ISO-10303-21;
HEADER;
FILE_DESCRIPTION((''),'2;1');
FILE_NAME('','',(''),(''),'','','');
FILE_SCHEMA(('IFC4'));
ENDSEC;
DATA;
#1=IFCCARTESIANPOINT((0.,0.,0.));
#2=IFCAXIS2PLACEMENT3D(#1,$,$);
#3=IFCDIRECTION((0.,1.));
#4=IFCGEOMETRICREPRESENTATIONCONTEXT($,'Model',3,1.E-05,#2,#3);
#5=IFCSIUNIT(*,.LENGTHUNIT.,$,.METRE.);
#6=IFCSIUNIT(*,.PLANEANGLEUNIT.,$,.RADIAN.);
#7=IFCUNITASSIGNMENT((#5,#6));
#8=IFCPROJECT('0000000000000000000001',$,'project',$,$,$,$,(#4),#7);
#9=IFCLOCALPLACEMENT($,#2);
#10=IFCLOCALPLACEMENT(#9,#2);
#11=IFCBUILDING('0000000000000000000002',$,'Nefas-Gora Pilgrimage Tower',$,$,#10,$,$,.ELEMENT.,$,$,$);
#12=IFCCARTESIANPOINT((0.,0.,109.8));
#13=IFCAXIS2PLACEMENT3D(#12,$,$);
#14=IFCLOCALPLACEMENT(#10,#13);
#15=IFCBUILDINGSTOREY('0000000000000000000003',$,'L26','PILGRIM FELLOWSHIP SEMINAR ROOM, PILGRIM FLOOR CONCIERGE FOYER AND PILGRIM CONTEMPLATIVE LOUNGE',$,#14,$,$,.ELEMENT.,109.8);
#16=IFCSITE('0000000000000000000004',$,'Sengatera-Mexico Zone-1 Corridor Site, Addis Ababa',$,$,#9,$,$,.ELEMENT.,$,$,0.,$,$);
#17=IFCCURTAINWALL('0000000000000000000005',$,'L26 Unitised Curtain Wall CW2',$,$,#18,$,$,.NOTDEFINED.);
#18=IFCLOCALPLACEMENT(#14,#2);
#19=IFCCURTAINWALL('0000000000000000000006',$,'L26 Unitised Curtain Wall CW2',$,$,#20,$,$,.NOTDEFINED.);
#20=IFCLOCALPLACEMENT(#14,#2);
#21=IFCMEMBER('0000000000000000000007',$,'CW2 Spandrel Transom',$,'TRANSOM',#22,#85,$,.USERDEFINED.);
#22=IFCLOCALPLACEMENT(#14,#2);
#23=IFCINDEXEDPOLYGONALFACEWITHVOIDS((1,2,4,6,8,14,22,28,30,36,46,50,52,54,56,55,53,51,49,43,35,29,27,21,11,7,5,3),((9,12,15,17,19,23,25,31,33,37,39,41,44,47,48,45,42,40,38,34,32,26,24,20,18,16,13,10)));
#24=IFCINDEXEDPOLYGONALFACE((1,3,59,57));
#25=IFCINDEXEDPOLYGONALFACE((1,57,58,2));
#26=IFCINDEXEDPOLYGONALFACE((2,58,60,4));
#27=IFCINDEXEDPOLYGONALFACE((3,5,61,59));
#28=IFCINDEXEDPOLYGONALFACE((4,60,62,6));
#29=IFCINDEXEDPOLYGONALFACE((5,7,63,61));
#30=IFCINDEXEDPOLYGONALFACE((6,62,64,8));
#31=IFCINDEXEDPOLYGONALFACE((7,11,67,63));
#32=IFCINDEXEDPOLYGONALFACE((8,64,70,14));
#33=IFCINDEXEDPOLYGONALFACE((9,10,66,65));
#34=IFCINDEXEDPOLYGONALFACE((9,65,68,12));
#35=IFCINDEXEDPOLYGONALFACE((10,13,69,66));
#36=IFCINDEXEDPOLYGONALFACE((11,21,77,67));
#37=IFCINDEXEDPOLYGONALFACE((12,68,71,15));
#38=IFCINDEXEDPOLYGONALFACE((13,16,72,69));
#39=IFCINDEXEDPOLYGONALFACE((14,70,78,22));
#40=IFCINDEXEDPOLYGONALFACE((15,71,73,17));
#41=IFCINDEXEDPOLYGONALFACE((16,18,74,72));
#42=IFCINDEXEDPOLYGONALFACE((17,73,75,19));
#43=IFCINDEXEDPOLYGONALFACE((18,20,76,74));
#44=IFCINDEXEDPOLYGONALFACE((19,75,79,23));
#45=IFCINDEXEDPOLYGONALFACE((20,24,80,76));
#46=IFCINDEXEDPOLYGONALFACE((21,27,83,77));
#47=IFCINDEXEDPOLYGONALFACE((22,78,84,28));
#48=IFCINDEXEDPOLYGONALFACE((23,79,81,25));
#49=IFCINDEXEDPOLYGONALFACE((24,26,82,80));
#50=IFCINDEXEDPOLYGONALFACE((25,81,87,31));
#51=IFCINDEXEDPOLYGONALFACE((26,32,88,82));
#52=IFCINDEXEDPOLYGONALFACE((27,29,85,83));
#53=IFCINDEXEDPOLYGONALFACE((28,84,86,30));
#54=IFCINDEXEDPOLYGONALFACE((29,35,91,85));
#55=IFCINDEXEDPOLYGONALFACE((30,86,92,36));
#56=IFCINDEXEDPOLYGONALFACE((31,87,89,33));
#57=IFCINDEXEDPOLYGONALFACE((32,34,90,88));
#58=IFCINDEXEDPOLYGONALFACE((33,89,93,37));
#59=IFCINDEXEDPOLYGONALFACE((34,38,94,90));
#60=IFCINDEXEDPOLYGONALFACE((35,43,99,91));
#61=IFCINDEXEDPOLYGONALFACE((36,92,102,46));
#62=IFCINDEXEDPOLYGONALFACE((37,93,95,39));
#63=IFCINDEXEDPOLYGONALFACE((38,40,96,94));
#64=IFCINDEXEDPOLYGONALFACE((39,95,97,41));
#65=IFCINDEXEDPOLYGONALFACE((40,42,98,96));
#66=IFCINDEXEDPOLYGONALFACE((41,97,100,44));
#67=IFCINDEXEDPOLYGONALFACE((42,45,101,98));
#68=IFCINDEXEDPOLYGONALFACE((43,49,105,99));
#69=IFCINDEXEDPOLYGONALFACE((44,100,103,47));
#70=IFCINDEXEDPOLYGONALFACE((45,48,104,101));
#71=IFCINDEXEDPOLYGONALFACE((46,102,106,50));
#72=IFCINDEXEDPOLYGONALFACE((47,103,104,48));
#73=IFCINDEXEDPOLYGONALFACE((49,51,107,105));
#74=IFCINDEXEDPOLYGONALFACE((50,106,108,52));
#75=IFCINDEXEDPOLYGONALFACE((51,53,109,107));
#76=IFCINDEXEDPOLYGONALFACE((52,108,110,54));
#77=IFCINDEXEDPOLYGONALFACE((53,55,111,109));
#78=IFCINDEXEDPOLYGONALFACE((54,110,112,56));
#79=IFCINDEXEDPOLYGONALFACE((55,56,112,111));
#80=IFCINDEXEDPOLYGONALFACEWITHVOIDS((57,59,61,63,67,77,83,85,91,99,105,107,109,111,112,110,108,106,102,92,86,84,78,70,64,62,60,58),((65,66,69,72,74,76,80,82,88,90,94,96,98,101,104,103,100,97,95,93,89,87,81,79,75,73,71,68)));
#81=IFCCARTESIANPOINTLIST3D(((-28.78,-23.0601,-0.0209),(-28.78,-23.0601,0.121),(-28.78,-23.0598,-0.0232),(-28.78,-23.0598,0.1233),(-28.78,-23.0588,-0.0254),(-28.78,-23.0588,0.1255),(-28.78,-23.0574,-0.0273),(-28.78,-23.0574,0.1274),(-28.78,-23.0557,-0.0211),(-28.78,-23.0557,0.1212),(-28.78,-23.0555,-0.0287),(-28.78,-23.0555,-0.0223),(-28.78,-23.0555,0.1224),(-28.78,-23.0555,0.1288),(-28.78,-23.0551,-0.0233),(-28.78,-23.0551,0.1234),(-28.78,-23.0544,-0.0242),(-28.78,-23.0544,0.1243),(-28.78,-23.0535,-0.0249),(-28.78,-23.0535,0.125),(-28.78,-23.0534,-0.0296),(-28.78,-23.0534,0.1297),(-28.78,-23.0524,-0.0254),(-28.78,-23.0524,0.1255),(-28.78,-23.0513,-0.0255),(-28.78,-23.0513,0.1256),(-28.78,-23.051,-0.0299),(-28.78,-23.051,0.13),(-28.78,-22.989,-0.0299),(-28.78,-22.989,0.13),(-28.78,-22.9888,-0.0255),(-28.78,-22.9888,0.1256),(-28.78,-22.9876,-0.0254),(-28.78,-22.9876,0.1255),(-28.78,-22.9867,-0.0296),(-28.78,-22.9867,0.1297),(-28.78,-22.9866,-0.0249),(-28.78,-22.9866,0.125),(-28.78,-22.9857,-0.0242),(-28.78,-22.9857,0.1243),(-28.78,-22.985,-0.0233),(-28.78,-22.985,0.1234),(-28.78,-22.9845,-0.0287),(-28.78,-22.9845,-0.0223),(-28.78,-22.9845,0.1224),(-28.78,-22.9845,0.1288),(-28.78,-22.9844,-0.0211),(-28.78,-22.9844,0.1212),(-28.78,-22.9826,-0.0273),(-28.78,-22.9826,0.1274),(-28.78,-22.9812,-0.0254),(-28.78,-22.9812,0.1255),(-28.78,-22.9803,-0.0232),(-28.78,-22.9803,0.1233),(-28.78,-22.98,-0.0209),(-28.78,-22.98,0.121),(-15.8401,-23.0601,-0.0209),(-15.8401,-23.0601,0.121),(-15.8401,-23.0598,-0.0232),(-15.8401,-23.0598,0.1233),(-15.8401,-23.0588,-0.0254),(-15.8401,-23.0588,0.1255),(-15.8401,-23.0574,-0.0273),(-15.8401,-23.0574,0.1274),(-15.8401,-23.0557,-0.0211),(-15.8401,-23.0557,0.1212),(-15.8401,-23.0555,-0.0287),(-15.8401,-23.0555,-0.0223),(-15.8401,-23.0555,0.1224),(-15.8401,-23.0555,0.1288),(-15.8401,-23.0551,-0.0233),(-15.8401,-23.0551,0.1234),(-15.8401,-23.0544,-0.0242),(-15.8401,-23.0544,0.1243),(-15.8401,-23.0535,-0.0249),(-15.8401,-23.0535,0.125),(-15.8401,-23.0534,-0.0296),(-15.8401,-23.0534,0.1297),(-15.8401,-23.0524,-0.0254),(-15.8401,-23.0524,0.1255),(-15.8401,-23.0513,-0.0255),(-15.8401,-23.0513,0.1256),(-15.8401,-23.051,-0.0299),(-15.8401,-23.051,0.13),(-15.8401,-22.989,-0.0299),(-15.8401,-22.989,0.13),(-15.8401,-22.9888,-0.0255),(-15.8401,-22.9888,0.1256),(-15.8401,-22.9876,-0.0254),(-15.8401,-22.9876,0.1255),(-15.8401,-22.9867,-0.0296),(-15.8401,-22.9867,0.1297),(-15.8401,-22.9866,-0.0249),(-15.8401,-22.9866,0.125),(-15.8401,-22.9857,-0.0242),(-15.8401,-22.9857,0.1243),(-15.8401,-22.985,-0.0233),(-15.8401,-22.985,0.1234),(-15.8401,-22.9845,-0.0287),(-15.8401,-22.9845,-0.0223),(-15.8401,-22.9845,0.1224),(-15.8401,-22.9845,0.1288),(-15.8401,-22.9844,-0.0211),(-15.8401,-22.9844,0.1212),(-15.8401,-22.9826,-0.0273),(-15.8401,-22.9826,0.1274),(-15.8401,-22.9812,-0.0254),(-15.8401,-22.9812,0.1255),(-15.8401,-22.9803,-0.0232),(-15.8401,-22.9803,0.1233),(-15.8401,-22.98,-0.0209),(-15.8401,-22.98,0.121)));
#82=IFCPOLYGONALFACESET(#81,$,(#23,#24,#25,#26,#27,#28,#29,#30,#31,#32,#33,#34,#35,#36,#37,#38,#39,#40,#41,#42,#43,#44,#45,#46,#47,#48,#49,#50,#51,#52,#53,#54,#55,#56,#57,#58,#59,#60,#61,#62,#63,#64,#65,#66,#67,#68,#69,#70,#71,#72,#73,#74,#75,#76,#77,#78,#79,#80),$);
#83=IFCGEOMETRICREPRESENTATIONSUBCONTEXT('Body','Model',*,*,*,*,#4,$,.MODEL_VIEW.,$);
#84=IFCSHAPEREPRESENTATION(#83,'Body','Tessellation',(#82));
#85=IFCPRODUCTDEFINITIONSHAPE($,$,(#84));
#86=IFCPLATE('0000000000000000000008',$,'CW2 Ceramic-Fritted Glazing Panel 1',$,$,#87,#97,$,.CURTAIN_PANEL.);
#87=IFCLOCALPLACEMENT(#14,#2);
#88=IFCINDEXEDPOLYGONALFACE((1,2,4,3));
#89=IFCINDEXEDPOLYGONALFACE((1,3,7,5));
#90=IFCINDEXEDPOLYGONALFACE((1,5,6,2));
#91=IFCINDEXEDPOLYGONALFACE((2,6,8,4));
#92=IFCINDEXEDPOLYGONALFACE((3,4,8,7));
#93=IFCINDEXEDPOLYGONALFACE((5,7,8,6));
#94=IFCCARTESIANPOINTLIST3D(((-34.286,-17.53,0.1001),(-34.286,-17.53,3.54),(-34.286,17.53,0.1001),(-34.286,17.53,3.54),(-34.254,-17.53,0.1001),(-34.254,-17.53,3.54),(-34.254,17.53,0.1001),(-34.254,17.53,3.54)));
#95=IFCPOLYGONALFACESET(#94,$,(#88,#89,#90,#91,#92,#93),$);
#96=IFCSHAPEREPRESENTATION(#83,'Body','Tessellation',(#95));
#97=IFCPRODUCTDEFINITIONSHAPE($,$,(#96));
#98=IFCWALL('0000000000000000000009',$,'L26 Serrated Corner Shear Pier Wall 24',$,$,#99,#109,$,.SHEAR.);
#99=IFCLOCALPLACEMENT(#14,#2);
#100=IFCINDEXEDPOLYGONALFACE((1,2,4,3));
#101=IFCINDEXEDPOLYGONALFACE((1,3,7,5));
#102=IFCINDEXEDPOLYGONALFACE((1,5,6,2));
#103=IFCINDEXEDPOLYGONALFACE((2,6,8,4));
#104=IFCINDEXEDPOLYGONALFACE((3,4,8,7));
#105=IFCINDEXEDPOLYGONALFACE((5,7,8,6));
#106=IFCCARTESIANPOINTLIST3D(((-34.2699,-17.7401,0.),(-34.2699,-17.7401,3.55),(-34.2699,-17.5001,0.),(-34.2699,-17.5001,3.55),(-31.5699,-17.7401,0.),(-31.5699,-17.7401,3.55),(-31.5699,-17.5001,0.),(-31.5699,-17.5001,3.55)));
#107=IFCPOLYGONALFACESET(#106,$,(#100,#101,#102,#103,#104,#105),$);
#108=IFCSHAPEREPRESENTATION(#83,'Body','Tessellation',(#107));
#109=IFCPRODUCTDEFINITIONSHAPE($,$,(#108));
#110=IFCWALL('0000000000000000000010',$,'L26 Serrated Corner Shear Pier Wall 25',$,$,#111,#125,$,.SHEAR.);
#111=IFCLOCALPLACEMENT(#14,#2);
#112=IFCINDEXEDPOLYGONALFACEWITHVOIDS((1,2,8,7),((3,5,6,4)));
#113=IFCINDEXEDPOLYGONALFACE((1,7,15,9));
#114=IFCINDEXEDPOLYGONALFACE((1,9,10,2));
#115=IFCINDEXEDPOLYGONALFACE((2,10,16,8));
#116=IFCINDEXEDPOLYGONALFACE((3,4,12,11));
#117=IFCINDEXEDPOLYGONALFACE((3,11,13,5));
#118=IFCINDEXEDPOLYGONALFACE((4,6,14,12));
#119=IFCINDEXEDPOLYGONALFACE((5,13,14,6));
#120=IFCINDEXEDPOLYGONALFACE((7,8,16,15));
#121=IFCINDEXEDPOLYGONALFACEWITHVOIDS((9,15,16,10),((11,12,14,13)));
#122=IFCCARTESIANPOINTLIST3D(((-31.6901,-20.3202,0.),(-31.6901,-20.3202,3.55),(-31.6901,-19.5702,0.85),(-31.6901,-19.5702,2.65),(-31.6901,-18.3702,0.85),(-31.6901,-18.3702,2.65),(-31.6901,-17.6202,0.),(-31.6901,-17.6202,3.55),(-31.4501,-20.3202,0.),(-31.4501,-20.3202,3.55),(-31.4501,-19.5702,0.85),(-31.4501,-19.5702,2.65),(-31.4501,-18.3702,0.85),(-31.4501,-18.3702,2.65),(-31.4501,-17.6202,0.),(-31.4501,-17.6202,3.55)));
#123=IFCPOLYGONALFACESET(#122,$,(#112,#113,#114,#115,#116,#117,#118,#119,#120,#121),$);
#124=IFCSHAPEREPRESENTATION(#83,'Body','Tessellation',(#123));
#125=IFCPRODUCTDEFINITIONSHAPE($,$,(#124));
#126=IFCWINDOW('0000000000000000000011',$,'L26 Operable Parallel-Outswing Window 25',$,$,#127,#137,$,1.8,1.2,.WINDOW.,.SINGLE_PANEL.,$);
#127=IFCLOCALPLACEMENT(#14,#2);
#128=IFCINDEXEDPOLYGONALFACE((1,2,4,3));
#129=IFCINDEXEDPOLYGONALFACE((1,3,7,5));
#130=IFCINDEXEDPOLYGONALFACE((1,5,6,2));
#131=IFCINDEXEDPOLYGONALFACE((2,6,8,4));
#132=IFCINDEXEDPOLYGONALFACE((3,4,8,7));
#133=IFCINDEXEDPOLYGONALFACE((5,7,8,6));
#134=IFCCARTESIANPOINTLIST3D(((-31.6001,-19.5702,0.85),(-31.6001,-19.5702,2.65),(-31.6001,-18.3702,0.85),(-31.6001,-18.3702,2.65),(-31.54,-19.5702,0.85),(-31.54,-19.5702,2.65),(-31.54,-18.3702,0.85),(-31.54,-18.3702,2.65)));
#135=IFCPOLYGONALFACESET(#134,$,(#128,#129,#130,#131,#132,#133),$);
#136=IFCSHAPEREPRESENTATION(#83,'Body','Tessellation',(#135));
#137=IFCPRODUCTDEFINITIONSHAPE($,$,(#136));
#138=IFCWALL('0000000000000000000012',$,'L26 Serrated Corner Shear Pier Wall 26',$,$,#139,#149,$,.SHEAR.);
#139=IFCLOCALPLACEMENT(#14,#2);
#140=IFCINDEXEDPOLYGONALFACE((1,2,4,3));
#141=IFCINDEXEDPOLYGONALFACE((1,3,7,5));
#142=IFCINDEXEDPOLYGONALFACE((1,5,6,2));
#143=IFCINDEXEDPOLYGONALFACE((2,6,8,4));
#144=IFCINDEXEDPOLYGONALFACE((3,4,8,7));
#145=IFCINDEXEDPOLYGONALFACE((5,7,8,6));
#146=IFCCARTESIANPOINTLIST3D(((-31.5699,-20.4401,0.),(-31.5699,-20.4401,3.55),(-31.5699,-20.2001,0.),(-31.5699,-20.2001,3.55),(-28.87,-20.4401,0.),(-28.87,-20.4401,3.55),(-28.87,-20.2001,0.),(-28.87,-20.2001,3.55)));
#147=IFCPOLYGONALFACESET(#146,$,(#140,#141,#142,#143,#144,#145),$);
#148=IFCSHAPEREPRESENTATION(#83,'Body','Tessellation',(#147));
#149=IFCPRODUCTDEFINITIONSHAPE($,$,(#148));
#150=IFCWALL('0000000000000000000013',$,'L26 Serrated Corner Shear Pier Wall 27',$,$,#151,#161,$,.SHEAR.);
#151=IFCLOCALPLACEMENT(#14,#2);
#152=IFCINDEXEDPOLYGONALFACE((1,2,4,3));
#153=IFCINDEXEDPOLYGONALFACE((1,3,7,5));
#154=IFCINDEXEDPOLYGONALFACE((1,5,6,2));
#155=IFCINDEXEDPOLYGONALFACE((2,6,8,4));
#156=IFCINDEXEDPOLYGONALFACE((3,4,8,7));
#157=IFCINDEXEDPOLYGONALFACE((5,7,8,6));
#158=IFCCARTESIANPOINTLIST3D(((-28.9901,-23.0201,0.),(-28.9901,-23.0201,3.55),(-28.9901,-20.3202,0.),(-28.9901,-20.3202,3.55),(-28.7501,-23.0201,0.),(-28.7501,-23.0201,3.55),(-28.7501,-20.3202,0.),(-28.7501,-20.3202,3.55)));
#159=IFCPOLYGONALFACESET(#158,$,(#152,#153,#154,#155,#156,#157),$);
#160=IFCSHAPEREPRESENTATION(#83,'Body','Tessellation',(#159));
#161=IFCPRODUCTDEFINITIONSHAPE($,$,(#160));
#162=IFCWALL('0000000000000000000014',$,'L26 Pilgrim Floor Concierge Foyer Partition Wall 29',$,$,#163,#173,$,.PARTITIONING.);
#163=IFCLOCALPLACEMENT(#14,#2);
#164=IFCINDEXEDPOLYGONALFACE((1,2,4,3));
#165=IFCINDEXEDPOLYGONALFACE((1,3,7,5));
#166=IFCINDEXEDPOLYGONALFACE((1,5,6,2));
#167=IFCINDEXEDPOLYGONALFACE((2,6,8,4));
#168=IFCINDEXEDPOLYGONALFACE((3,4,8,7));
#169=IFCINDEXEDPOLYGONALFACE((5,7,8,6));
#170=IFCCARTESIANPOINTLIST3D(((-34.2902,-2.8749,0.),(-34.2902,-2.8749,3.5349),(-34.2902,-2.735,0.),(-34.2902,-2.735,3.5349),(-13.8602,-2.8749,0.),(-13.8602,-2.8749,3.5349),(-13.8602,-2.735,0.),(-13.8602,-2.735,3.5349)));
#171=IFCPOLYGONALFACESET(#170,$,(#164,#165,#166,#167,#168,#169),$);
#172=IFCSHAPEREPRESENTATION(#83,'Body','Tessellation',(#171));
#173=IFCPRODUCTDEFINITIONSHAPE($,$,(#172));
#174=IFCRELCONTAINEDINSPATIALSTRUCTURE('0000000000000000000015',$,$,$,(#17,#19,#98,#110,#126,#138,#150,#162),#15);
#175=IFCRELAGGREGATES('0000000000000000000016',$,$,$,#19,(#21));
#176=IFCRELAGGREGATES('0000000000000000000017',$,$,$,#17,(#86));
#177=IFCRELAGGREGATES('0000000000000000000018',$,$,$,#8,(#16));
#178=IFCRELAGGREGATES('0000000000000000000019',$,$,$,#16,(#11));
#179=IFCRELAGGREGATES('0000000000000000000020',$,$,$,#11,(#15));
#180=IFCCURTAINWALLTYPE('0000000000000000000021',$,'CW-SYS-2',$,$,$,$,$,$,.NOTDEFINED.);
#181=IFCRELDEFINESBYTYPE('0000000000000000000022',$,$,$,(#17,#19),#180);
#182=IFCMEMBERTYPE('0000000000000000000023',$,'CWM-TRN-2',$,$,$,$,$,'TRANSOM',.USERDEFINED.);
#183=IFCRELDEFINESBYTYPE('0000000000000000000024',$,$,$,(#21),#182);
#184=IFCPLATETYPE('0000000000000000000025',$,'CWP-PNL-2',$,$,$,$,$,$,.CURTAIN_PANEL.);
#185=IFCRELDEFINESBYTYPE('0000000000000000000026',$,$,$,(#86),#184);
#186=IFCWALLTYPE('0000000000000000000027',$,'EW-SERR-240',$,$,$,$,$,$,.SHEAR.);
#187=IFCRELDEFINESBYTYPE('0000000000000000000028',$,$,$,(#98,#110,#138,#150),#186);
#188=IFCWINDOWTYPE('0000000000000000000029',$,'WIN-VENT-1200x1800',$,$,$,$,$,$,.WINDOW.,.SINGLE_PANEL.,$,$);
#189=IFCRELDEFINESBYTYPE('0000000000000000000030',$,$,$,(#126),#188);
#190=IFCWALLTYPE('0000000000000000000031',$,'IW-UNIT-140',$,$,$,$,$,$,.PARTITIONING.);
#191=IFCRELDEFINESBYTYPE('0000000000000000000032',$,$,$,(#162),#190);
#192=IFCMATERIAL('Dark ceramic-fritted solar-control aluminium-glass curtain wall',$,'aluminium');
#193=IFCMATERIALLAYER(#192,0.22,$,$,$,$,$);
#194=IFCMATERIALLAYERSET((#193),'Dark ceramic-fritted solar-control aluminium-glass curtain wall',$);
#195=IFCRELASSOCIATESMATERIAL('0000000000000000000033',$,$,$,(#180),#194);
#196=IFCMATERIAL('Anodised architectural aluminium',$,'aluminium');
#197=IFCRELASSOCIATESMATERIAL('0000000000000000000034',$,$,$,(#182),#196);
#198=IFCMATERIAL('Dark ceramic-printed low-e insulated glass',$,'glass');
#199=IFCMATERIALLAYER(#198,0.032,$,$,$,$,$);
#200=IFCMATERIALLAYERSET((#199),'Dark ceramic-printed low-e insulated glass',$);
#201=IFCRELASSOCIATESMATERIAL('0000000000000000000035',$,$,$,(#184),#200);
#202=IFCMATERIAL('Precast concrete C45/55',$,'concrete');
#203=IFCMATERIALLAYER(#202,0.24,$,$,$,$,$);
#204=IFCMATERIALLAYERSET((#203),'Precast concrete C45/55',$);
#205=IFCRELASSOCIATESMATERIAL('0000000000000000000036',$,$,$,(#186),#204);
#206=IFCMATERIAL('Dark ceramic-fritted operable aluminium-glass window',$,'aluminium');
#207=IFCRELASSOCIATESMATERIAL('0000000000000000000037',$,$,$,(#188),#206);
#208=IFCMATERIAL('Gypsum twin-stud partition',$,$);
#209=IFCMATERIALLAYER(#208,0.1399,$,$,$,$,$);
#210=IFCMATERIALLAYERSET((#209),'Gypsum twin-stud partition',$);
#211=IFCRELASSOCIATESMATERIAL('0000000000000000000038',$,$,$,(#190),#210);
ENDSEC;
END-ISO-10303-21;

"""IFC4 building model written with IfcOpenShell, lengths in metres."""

from ifc_helpers import new_model, si_unit, direction, frame, frame_2d, origin, origin_2d, place, context, subcontext, project, spatial, rectangle, hollow_rectangle, extrude, source, transform, mapped, material, layer, layer_set, material_profile, profile_set, type_object, element, fill, aggregate, save


model = new_model("IFC4")

# Units and contexts
model_context = context("Model", 3, precision=1e-05, world=origin(), true_north=direction((0.0, 1.0)))
body_context = subcontext(model_context, "Body", "Model", "MODEL_VIEW")
ifc_project = project(units=[si_unit("LENGTHUNIT", "METRE"), si_unit("PLANEANGLEUNIT", "RADIAN")], contexts=[model_context])

# Site, building, storey
site_placement = place(None, origin())
site = spatial("IfcSite", under=ifc_project, at=site_placement, Name="Sengatera-Mexico Zone-1 Corridor Site, Addis Ababa", CompositionType="ELEMENT", RefElevation=0.0)
building_placement = place(site_placement, origin())
building = spatial("IfcBuilding", under=site, at=building_placement, Name="Nefas-Gora Pilgrimage Tower", CompositionType="ELEMENT")
storey_placement = place(building_placement, frame((0.0, 0.0, 109.8)))
storey = spatial("IfcBuildingStorey", under=building, at=storey_placement, Name="L26", Description="PILGRIM FELLOWSHIP SEMINAR ROOM, PILGRIM FLOOR CONCIERGE FOYER AND PILGRIM CONTEMPLATIVE LOUNGE", CompositionType="ELEMENT", Elevation=109.8)

# Curtain wall
ifc_material_1 = material(Name="Dark ceramic-fritted solar-control aluminium-glass curtain wall", Category="aluminium")
ifc_layer_1 = layer(ifc_material_1, 0.22)
ifc_layer_set_1 = layer_set([ifc_layer_1], Name="Dark ceramic-fritted solar-control aluminium-glass curtain wall")
curtain_wall_type = type_object("IfcCurtainWallType", Name="CW-SYS-2", PredefinedType="NOTDEFINED", material=ifc_layer_set_1)
curtain_wall_1_placement = place(storey_placement, origin())
curtain_wall_1 = element("IfcCurtainWall", 1, at=curtain_wall_1_placement, inside=storey, type_object=curtain_wall_type, Name="L26 Unitised Curtain Wall CW2", PredefinedType="NOTDEFINED")
ifc_material_2 = material(Name="Anodised architectural aluminium", Category="aluminium")

# Curtain wall, member
curtain_wall_2_placement = place(storey_placement, origin())
curtain_wall_2 = element("IfcCurtainWall", 2, at=curtain_wall_2_placement, inside=storey, type_object=curtain_wall_type, Name="L26 Unitised Curtain Wall CW2", PredefinedType="NOTDEFINED")
ifc_material_profile_1 = material_profile(ifc_material_2, hollow_rectangle(XDim=0.0801, YDim=0.1599, WallThickness=0.0044, InnerFilletRadius=0.0044, OuterFilletRadius=0.009, at=origin_2d()), Name="ALU TRANSOM 80x160")
ifc_profile_set_1 = profile_set([ifc_material_profile_1], Name="Anodised architectural aluminium")
member_type_1 = type_object("IfcMemberType", Name="CWM-TRN-2", ElementType="TRANSOM", PredefinedType="USERDEFINED", material=ifc_profile_set_1)
shared_shape_1 = source(origin(), body_context, "Body", "SweptSolid", [
    extrude(hollow_rectangle(XDim=0.0801, YDim=0.1599, WallThickness=0.0044, InnerFilletRadius=0.0044, OuterFilletRadius=0.009, at=origin_2d()), origin(), (0.0, 0.0, 1.0), 12.9399),
])
member_1_placement = place(storey_placement, frame((-28.78, -23.02, 0.05), z_axis=(1.0, 0.0, 0.0), x_axis=(0.0, 1.0, 0.0)))
member_1 = element("IfcMember", 3, at=member_1_placement, type_object=member_type_1, Name="CW2 Spandrel Transom", ObjectType="TRANSOM", PredefinedType="USERDEFINED", context=body_context, shape_type="MappedRepresentation", body=[
    mapped(shared_shape_1, transform((0.0, 0.0, 0.0), x_axis=(1.0, 0.0, 0.0), y_axis=(0.0, 1.0, 0.0), z_axis=(0.0, 0.0, 1.0), scale=1.0)),
])
aggregate(curtain_wall_2, [member_1])

# Plate
ifc_material_3 = material(Name="Dark ceramic-printed low-e insulated glass", Category="glass")
ifc_layer_2 = layer(ifc_material_3, 0.032)
ifc_layer_set_2 = layer_set([ifc_layer_2], Name="Dark ceramic-printed low-e insulated glass")
plate_type = type_object("IfcPlateType", Name="CWP-PNL-2", PredefinedType="CURTAIN_PANEL", material=ifc_layer_set_2)
shared_shape_2 = source(origin(), body_context, "Body", "SweptSolid", [
    extrude(rectangle(XDim=35.0601, YDim=0.032, at=origin_2d()), origin(), (0.0, 0.0, 1.0), 3.4399),
])
plate_placement = place(storey_placement, frame((-34.27, 0.0, 0.1001), z_axis=(0.0, 0.0, 1.0), x_axis=(0.0, -1.0, 0.0)))
plate = element("IfcPlate", 4, at=plate_placement, type_object=plate_type, Name="CW2 Ceramic-Fritted Glazing Panel 1", PredefinedType="CURTAIN_PANEL", context=body_context, shape_type="MappedRepresentation", body=[
    mapped(shared_shape_2, transform((0.0, 0.0, 0.0), x_axis=(1.0, 0.0, 0.0), y_axis=(0.0, 1.0, 0.0), z_axis=(0.0, 0.0, 1.0), scale=1.0)),
])
aggregate(curtain_wall_1, [plate])

# Wall
ifc_material_4 = material(Name="Precast concrete C45/55", Category="concrete")
ifc_layer_3 = layer(ifc_material_4, 0.24)
ifc_layer_set_3 = layer_set([ifc_layer_3], Name="Precast concrete C45/55")
wall_type_1 = type_object("IfcWallType", Name="EW-SERR-240", PredefinedType="SHEAR", material=ifc_layer_set_3)
shared_shape_3 = source(origin(), body_context, "Body", "SweptSolid", [
    extrude(rectangle(XDim=2.7, YDim=0.24, at=frame_2d((1.3501, 0.0))), origin(), (0.0, 0.0, 1.0), 3.55),
])
wall_1_placement = place(storey_placement, frame((-34.27, -17.6201, 0.0), z_axis=(0.0, 0.0, 1.0), x_axis=(1.0, 0.0, 0.0)))
element("IfcWall", 5, at=wall_1_placement, inside=storey, type_object=wall_type_1, Name="L26 Serrated Corner Shear Pier Wall 24", PredefinedType="SHEAR", context=body_context, shape_type="MappedRepresentation", body=[
    mapped(shared_shape_3, transform((0.0, 0.0, 0.0), x_axis=(1.0, 0.0, 0.0), y_axis=(0.0, 1.0, 0.0), z_axis=(0.0, 0.0, 1.0), scale=1.0)),
])

# Wall, opening, window
wall_2_placement = place(storey_placement, frame((-31.5701, -17.6201, 0.0), z_axis=(0.0, 0.0, 1.0), x_axis=(0.0, -1.0, 0.0)))
wall_2 = element("IfcWall", 6, at=wall_2_placement, inside=storey, type_object=wall_type_1, Name="L26 Serrated Corner Shear Pier Wall 25", PredefinedType="SHEAR", context=body_context, shape_type="MappedRepresentation", body=[
    mapped(shared_shape_3, transform((0.0, 0.0, 0.0), x_axis=(1.0, 0.0, 0.0), y_axis=(0.0, 1.0, 0.0), z_axis=(0.0, 0.0, 1.0), scale=1.0)),
])
opening_placement = place(wall_2_placement, frame((0.75, 0.0, 0.8501)))
opening = element("IfcOpeningElement", 7, at=opening_placement, cuts=wall_2, PredefinedType="OPENING", context=body_context, shape_type="SweptSolid", body=[
    extrude(rectangle(XDim=1.2, YDim=1.8, at=frame_2d((0.6001, 0.8999))), frame((0.0, 0.1299, 0.0), z_axis=(0.0, -1.0, 0.0), x_axis=(1.0, 0.0, 0.0)), (0.0, 0.0, 1.0), 0.26),
])
ifc_material_5 = material(Name="Dark ceramic-fritted operable aluminium-glass window", Category="aluminium")
window_type = type_object("IfcWindowType", Name="WIN-VENT-1200x1800", PartitioningType="SINGLE_PANEL", PredefinedType="WINDOW", material=ifc_material_5)
shared_shape_4 = source(origin(), body_context, "Body", "SweptSolid", [
    extrude(rectangle(XDim=1.2, YDim=1.8, at=frame_2d((0.6001, 0.8999))), frame((0.0, 0.03, 0.0), z_axis=(0.0, -1.0, 0.0), x_axis=(1.0, 0.0, 0.0)), (0.0, 0.0, 1.0), 0.0601),
])
window_placement = place(opening_placement, origin())
window = element("IfcWindow", 8, at=window_placement, inside=storey, type_object=window_type, Name="L26 Operable Parallel-Outswing Window 25", OverallHeight=1.8, OverallWidth=1.2, PartitioningType="SINGLE_PANEL", PredefinedType="WINDOW", context=body_context, shape_type="MappedRepresentation", body=[
    mapped(shared_shape_4, transform((0.0, 0.0, 0.0), x_axis=(1.0, 0.0, 0.0), y_axis=(0.0, 1.0, 0.0), z_axis=(0.0, 0.0, 1.0), scale=1.0)),
])
fill(opening, window)

# Walls
for number, where, z_axis, x_axis, name in (
    (9, (-31.5701, -20.3201, 0.0), (0.0, 0.0, 1.0), (1.0, 0.0, 0.0), "L26 Serrated Corner Shear Pier Wall 26"),
    (10, (-28.8701, -20.3201, 0.0), (0.0, 0.0, 1.0), (0.0, -1.0, 0.0), "L26 Serrated Corner Shear Pier Wall 27"),
):
    element("IfcWall", number, at=place(storey_placement, frame(where, z_axis=z_axis, x_axis=x_axis)), inside=storey, type_object=wall_type_1, Name=name, PredefinedType="SHEAR", context=body_context, shape_type="MappedRepresentation", body=[
        mapped(shared_shape_3, transform((0.0, 0.0, 0.0), x_axis=(1.0, 0.0, 0.0), y_axis=(0.0, 1.0, 0.0), z_axis=(0.0, 0.0, 1.0), scale=1.0)),
    ])
ifc_material_6 = material(Name="Gypsum twin-stud partition")
ifc_layer_4 = layer(ifc_material_6, 0.1399)
ifc_layer_set_4 = layer_set([ifc_layer_4], Name="Gypsum twin-stud partition")
wall_type_2 = type_object("IfcWallType", Name="IW-UNIT-140", PredefinedType="PARTITIONING", material=ifc_layer_set_4)
shared_shape_5 = source(origin(), body_context, "Body", "SweptSolid", [
    extrude(rectangle(XDim=20.4299, YDim=0.1399, at=frame_2d((10.2148, 0.0))), origin(), (0.0, 0.0, 1.0), 3.5349),
])
wall_3_placement = place(storey_placement, frame((-34.29, -2.8049, 0.0), z_axis=(0.0, 0.0, 1.0), x_axis=(1.0, 0.0, 0.0)))
element("IfcWall", 11, at=wall_3_placement, inside=storey, type_object=wall_type_2, Name="L26 Pilgrim Floor Concierge Foyer Partition Wall 29", PredefinedType="PARTITIONING", context=body_context, shape_type="MappedRepresentation", body=[
    mapped(shared_shape_5, transform((0.0, 0.0, 0.0), x_axis=(1.0, 0.0, 0.0), y_axis=(0.0, 1.0, 0.0), z_axis=(0.0, 0.0, 1.0), scale=1.0)),
])

save(model, "model.ifc")
